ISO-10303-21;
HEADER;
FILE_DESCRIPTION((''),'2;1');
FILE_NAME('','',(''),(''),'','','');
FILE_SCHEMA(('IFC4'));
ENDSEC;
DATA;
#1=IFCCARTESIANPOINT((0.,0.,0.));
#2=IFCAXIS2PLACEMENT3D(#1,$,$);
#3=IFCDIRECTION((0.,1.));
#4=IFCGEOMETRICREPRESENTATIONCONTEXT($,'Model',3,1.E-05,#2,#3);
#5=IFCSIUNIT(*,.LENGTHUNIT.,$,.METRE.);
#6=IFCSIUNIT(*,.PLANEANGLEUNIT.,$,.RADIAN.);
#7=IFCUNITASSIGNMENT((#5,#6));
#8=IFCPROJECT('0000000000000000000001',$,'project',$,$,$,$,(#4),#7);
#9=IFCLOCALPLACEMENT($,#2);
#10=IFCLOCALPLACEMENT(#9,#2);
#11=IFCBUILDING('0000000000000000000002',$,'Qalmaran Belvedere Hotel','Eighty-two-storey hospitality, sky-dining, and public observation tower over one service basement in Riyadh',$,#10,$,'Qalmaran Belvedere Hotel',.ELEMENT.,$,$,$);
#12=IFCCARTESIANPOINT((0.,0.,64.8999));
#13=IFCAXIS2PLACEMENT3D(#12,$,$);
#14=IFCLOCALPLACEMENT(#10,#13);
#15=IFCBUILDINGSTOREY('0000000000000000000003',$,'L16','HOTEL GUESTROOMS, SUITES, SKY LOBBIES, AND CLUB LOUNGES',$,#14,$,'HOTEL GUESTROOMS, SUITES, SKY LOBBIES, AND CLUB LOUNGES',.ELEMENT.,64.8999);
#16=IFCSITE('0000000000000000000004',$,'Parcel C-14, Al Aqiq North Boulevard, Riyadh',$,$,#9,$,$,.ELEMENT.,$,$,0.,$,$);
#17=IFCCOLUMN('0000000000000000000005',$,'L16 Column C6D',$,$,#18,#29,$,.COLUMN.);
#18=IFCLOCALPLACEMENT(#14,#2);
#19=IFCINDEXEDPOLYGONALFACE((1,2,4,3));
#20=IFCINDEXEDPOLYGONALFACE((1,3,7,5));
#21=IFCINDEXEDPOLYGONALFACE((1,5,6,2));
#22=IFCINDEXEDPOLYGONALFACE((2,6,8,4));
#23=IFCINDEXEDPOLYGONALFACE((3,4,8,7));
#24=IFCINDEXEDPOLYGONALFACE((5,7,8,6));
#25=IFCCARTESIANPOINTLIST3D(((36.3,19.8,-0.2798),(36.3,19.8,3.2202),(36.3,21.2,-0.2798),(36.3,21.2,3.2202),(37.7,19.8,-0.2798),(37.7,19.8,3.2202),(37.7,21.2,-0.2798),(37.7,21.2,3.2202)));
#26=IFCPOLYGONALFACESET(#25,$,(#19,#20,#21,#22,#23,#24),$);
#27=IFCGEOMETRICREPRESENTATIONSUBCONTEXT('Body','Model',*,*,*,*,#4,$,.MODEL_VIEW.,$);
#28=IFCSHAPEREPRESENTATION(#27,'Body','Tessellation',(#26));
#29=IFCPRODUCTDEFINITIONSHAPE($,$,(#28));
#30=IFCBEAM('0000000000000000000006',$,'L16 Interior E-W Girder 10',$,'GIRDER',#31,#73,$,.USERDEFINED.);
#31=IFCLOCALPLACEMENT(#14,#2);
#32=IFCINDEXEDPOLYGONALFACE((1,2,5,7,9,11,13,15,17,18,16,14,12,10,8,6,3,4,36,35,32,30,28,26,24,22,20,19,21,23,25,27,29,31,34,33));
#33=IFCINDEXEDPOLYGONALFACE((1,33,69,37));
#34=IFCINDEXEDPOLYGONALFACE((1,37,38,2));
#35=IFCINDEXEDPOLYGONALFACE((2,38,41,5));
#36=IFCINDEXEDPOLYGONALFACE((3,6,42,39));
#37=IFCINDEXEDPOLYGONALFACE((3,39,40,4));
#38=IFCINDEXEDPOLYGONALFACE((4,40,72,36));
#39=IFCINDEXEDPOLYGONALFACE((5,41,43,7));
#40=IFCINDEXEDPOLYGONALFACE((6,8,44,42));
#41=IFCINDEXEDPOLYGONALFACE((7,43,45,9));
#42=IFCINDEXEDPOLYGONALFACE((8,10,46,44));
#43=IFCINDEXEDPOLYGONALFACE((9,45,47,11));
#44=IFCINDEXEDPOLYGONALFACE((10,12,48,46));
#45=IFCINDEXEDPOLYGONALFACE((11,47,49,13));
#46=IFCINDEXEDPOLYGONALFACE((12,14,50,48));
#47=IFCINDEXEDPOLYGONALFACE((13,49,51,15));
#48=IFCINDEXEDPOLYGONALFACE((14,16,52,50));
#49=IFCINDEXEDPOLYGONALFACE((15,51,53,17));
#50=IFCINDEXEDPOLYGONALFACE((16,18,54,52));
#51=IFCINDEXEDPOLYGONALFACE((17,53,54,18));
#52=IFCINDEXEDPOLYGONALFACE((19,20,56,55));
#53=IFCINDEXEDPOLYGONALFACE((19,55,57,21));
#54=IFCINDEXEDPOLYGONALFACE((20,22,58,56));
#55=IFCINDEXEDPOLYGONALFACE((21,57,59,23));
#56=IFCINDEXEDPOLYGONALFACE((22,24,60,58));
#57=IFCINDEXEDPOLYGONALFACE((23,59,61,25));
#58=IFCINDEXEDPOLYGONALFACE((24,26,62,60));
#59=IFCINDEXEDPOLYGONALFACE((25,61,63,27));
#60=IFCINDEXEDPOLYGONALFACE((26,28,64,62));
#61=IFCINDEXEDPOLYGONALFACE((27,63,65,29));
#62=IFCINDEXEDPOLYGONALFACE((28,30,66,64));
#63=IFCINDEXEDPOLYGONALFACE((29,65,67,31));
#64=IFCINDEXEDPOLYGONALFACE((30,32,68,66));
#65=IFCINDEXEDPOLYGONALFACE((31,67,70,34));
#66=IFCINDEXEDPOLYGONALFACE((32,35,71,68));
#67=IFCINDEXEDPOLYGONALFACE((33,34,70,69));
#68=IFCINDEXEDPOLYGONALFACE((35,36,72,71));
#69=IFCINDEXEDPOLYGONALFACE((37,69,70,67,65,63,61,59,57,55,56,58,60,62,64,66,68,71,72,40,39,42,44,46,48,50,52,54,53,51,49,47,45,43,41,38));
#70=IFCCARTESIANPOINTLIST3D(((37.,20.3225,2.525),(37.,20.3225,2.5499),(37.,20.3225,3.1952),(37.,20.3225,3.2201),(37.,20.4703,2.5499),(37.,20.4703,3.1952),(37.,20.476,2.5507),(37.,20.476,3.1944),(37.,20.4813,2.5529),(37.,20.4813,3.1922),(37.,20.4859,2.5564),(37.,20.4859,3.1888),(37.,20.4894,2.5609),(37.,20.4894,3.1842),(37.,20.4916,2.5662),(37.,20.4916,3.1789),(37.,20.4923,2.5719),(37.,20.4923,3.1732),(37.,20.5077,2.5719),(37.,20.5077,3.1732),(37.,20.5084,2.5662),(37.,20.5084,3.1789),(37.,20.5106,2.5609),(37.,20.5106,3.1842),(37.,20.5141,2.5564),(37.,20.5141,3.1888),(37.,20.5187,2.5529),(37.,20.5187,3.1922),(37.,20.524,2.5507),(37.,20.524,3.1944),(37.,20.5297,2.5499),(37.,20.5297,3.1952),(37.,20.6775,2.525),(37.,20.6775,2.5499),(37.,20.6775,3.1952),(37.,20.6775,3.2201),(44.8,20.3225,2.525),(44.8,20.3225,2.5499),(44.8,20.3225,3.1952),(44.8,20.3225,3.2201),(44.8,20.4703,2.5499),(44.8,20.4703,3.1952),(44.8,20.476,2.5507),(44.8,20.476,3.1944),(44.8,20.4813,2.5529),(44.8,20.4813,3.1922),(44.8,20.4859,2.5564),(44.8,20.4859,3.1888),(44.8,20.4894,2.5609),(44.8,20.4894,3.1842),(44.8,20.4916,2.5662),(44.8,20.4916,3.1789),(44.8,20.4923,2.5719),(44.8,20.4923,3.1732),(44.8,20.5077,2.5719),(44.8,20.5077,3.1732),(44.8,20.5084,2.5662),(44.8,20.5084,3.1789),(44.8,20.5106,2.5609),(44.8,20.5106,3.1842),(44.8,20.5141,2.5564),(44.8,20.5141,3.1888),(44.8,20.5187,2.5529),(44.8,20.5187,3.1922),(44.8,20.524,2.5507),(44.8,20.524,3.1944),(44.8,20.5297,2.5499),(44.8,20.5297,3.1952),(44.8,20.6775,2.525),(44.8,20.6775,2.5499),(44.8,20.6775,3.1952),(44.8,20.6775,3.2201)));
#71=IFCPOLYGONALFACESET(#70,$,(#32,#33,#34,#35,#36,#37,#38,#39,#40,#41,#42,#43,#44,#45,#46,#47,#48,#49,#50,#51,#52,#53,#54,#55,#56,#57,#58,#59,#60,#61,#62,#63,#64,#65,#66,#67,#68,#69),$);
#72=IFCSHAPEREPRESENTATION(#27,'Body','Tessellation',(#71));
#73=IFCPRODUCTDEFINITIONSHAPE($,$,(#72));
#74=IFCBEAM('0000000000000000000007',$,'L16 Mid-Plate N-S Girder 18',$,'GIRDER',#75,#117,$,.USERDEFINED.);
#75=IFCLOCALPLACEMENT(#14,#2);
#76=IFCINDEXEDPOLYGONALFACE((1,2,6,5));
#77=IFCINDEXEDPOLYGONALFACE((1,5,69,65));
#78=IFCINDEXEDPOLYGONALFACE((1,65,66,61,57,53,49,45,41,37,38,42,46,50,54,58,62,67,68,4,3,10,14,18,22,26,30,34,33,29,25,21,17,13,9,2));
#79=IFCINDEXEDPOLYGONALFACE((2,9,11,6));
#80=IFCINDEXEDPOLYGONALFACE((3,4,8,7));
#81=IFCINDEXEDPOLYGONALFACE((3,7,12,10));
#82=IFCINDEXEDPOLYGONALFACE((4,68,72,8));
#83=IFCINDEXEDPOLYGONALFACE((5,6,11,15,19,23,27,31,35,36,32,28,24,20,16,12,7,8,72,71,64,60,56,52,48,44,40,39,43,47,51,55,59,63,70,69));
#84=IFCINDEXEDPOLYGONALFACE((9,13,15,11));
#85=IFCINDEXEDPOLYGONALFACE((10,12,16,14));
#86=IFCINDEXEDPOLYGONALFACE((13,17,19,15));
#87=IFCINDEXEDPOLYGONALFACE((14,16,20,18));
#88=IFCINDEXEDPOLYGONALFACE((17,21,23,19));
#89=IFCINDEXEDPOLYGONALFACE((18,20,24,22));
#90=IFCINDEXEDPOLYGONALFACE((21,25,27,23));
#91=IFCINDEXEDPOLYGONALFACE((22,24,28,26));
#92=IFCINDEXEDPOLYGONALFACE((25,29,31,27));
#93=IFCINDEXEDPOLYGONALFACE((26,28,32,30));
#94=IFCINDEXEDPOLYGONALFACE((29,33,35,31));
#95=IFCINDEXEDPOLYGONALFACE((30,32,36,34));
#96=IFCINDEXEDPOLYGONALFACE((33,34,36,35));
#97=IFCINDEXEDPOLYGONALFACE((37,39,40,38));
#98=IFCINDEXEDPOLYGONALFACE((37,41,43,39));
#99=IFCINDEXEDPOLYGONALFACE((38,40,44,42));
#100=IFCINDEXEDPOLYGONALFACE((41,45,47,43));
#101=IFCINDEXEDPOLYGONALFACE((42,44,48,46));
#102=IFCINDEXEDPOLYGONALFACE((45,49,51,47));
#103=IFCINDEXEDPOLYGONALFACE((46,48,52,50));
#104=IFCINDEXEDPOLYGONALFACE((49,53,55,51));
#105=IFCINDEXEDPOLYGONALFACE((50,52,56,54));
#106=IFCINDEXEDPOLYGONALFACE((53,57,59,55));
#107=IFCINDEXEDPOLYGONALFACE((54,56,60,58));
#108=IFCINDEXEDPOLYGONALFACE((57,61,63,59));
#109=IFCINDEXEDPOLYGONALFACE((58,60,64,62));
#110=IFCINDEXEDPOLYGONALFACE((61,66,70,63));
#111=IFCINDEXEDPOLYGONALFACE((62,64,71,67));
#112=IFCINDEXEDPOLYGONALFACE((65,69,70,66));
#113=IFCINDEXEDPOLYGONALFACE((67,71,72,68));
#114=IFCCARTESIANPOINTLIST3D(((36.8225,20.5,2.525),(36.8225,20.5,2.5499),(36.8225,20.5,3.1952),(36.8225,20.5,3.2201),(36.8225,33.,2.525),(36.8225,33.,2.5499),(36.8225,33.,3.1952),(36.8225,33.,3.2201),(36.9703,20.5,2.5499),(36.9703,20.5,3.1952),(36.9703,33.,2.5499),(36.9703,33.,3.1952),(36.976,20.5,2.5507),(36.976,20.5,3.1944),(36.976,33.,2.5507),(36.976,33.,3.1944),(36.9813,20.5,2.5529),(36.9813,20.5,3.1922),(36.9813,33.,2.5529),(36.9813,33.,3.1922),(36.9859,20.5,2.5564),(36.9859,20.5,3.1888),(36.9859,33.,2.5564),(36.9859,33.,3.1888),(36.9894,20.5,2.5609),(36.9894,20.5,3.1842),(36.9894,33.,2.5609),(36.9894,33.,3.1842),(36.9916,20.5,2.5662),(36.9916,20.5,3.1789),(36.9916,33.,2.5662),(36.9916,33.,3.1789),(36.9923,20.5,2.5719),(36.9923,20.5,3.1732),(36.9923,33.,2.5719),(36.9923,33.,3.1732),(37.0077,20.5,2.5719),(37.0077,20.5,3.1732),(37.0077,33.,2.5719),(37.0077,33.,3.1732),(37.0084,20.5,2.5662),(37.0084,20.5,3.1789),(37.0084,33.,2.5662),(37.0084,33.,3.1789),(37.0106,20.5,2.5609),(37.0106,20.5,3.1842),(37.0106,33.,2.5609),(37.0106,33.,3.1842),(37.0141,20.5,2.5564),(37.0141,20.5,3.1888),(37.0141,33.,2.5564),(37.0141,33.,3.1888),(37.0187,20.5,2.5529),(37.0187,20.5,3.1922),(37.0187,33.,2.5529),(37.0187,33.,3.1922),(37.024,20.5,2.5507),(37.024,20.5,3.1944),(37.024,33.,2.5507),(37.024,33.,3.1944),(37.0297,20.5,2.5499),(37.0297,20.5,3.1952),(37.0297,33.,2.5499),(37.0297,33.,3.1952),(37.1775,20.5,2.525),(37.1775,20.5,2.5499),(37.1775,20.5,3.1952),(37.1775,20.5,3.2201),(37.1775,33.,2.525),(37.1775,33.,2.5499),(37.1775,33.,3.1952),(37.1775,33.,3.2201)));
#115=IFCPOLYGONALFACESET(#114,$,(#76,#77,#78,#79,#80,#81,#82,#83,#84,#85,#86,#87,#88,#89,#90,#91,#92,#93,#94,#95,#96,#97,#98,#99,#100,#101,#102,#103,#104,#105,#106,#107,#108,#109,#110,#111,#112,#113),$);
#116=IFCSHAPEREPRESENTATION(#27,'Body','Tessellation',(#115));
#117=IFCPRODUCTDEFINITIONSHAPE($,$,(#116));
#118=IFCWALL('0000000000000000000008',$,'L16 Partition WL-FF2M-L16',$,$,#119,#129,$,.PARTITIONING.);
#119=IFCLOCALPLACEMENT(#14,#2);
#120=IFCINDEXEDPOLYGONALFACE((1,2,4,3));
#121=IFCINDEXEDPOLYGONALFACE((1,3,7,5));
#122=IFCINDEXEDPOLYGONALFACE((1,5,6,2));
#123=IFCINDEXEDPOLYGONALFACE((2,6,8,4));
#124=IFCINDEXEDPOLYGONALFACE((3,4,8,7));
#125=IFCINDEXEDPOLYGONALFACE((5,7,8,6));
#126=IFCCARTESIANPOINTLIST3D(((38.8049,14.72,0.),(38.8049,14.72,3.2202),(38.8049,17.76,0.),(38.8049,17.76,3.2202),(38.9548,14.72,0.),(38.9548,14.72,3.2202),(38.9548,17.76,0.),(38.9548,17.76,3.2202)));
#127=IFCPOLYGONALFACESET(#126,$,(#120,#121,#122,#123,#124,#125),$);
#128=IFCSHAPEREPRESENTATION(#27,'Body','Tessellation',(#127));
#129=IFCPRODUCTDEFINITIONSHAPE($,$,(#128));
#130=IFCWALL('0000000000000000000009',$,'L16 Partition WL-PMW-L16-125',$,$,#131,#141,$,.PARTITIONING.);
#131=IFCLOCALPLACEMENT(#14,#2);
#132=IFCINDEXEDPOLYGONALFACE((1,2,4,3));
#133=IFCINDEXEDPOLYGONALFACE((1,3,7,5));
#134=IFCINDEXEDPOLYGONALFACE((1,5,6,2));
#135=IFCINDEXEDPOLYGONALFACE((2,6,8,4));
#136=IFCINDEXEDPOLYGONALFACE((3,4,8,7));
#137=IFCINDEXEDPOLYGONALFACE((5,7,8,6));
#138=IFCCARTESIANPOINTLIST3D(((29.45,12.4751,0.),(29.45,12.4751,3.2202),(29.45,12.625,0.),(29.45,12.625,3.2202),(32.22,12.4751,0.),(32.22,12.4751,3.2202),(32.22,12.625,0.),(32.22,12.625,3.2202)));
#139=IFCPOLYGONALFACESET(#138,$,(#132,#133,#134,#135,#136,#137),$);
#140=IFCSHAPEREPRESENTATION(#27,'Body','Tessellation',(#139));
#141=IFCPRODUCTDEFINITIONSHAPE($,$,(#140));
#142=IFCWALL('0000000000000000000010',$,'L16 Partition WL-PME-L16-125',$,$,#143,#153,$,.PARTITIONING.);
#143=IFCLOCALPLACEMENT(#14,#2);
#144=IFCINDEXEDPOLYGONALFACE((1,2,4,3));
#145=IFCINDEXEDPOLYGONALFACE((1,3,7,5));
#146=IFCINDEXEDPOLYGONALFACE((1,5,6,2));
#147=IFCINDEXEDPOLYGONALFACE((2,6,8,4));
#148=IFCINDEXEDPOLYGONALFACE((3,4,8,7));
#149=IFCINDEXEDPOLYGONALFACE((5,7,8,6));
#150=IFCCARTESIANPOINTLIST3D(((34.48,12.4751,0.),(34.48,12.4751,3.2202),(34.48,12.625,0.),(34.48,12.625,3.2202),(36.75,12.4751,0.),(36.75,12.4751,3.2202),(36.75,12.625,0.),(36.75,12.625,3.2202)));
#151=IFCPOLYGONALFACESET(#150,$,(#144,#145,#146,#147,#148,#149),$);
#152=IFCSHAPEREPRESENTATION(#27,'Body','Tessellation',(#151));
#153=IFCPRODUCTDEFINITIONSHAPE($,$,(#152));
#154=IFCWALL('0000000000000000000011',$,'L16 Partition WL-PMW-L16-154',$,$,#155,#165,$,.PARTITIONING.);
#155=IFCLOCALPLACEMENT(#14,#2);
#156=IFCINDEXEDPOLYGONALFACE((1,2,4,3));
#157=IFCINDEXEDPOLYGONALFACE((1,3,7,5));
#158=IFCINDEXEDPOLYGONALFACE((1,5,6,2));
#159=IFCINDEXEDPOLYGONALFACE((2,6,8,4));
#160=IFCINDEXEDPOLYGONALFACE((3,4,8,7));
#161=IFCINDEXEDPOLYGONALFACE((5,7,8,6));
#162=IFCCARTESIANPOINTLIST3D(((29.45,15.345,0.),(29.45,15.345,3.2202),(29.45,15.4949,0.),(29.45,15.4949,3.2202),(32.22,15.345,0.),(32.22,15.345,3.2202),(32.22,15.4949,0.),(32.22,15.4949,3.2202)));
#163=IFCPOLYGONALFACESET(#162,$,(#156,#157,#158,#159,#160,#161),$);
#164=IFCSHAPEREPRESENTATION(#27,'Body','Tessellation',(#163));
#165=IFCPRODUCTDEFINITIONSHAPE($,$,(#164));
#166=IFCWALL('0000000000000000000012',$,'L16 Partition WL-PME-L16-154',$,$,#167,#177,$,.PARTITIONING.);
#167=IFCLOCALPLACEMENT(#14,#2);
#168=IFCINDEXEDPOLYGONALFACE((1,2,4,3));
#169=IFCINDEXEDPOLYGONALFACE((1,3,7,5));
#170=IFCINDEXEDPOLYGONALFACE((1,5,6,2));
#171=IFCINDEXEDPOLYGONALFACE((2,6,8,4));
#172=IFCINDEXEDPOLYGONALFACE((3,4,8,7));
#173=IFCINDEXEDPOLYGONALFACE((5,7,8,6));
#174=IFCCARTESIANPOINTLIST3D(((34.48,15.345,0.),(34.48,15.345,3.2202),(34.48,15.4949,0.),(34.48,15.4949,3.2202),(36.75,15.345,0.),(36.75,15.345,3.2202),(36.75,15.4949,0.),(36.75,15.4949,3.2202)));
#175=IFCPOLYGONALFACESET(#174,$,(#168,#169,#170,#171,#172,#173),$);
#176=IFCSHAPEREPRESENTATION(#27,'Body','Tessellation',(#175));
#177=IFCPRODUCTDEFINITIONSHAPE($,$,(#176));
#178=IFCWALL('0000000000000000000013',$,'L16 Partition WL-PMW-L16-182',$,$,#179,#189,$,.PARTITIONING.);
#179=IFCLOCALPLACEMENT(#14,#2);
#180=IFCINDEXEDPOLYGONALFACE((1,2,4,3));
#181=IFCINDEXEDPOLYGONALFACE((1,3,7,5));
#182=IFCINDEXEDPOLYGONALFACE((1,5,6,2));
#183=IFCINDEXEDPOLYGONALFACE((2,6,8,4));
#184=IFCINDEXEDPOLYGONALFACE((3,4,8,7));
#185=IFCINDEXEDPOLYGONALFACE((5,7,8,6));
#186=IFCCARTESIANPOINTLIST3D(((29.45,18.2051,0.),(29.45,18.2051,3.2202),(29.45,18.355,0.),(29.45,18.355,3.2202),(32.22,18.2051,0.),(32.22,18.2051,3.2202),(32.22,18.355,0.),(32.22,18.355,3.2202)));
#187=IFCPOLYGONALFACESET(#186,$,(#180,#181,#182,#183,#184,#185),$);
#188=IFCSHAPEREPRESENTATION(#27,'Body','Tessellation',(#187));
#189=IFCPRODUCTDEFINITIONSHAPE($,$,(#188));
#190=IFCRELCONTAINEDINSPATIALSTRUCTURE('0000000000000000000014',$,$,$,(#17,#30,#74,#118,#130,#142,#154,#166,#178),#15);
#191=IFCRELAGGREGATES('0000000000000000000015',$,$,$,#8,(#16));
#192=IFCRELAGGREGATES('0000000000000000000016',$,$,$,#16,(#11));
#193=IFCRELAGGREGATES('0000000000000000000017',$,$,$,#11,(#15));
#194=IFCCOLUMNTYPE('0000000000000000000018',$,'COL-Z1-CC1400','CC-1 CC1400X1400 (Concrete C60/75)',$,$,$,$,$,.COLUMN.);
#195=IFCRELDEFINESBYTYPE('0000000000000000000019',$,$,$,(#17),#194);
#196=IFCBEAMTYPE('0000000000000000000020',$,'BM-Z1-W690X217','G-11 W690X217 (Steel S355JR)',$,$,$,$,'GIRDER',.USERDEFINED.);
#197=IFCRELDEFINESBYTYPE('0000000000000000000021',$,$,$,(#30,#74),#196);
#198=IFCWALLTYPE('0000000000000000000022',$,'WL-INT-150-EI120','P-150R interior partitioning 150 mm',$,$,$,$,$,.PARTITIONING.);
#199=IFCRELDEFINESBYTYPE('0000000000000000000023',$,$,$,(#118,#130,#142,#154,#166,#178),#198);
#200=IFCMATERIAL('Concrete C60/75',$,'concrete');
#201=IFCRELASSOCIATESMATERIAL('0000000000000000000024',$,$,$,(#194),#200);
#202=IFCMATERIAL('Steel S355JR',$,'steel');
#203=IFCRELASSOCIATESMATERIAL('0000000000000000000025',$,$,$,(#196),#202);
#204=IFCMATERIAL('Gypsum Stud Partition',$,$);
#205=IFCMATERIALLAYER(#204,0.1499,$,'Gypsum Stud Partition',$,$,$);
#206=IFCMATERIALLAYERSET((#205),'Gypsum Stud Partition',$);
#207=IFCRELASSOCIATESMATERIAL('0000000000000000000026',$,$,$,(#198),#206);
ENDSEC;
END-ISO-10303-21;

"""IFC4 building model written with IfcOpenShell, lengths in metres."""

from ifc_helpers import new_model, si_unit, direction, frame, frame_2d, origin, origin_2d, place, context, subcontext, project, spatial, rectangle, i_section, extrude, material, layer, layer_set, material_profile, profile_set, type_object, element, save


model = new_model("IFC4")

# Units and contexts
model_context = context("Model", 3, precision=1e-05, world=origin(), true_north=direction((0.0, 1.0)))
body_context = subcontext(model_context, "Body", "Model", "MODEL_VIEW")
ifc_project = project(units=[si_unit("LENGTHUNIT", "METRE"), si_unit("PLANEANGLEUNIT", "RADIAN")], contexts=[model_context])

# Site, building, storey
site_placement = place(None, origin())
site = spatial("IfcSite", under=ifc_project, at=site_placement, Name="Parcel C-14, Al Aqiq North Boulevard, Riyadh", CompositionType="ELEMENT", RefElevation=0.0)
building_placement = place(site_placement, origin())
building = spatial("IfcBuilding", under=site, at=building_placement, Name="Qalmaran Belvedere Hotel", Description="Eighty-two-storey hospitality, sky-dining, and public observation tower over one service basement in Riyadh", LongName="Qalmaran Belvedere Hotel", CompositionType="ELEMENT")
storey_placement = place(building_placement, frame((0.0, 0.0, 64.8999)))
storey = spatial("IfcBuildingStorey", under=building, at=storey_placement, Name="L16", Description="HOTEL GUESTROOMS, SUITES, SKY LOBBIES, AND CLUB LOUNGES", LongName="HOTEL GUESTROOMS, SUITES, SKY LOBBIES, AND CLUB LOUNGES", CompositionType="ELEMENT", Elevation=64.8999)

# Column
ifc_material_1 = material(Name="Concrete C60/75", Category="concrete")
ifc_material_profile_1 = material_profile(ifc_material_1, rectangle(XDim=1.3999, YDim=1.3999, at=origin_2d()), Name="CC1400X1400")
ifc_profile_set_1 = profile_set([ifc_material_profile_1], Name="Concrete C60/75")
column_type = type_object("IfcColumnType", Name="COL-Z1-CC1400", Description="CC-1 CC1400X1400 (Concrete C60/75)", PredefinedType="COLUMN", material=ifc_profile_set_1)
column_placement = place(storey_placement, frame((37.0, 20.5, -0.2798), z_axis=(0.0, 0.0, 1.0), x_axis=(1.0, 0.0, 0.0)))
element("IfcColumn", 1, at=column_placement, inside=storey, type_object=column_type, Name="L16 Column C6D", PredefinedType="COLUMN", context=body_context, shape_type="SweptSolid", body=[
    extrude(rectangle(XDim=1.3999, YDim=1.3999, at=origin_2d()), origin(), (0.0, 0.0, 1.0), 3.5),
])

# Beams
ifc_material_2 = material(Name="Steel S355JR", Category="steel")
ifc_material_profile_2 = material_profile(ifc_material_2, i_section(OverallWidth=0.355, OverallDepth=0.6951, WebThickness=0.0154, FlangeThickness=0.0249, FilletRadius=0.022, at=origin_2d()), Name="W690X217")
ifc_profile_set_2 = profile_set([ifc_material_profile_2], Name="Steel S355JR")
beam_type = type_object("IfcBeamType", Name="BM-Z1-W690X217", Description="G-11 W690X217 (Steel S355JR)", ElementType="GIRDER", PredefinedType="USERDEFINED", material=ifc_profile_set_2)
beam_1_placement = place(storey_placement, frame((37.0, 20.5, 2.8726), z_axis=(1.0, 0.0, 0.0), x_axis=(0.0, 1.0, 0.0)))
element("IfcBeam", 2, at=beam_1_placement, inside=storey, type_object=beam_type, Name="L16 Interior E-W Girder 10", ObjectType="GIRDER", PredefinedType="USERDEFINED", context=body_context, shape_type="SweptSolid", body=[
    extrude(i_section(OverallWidth=0.355, OverallDepth=0.6951, WebThickness=0.0154, FlangeThickness=0.0249, FilletRadius=0.022, at=origin_2d()), origin(), (0.0, 0.0, 1.0), 7.8),
])
beam_2_placement = place(storey_placement, frame((37.0, 20.5, 2.8726), z_axis=(0.0, 1.0, 0.0), x_axis=(-1.0, 0.0, 0.0)))
element("IfcBeam", 3, at=beam_2_placement, inside=storey, type_object=beam_type, Name="L16 Mid-Plate N-S Girder 18", ObjectType="GIRDER", PredefinedType="USERDEFINED", context=body_context, shape_type="SweptSolid", body=[
    extrude(i_section(OverallWidth=0.355, OverallDepth=0.6951, WebThickness=0.0154, FlangeThickness=0.0249, FilletRadius=0.022, at=origin_2d()), origin(), (0.0, 0.0, 1.0), 12.5),
])

# Walls
ifc_material_3 = material(Name="Gypsum Stud Partition")
ifc_layer_1 = layer(ifc_material_3, 0.1499, Name="Gypsum Stud Partition")
ifc_layer_set_1 = layer_set([ifc_layer_1], Name="Gypsum Stud Partition")
wall_type_1 = type_object("IfcWallType", Name="WL-INT-150-EI120", Description="P-150R interior partitioning 150 mm", PredefinedType="PARTITIONING", material=ifc_layer_set_1)
wall_1_placement = place(storey_placement, frame((38.8799, 14.72, 0.0), z_axis=(0.0, 0.0, 1.0), x_axis=(0.0, 1.0, 0.0)))
element("IfcWall", 4, at=wall_1_placement, inside=storey, type_object=wall_type_1, Name="L16 Partition WL-FF2M-L16", PredefinedType="PARTITIONING", context=body_context, shape_type="SweptSolid", body=[
    extrude(rectangle(XDim=3.04, YDim=0.1499, at=frame_2d((1.52, 0.0))), origin(), (0.0, 0.0, 1.0), 3.2202),
])
wall_2_placement = place(storey_placement, frame((29.45, 12.55, 0.0), z_axis=(0.0, 0.0, 1.0), x_axis=(1.0, 0.0, 0.0)))
element("IfcWall", 5, at=wall_2_placement, inside=storey, type_object=wall_type_1, Name="L16 Partition WL-PMW-L16-125", PredefinedType="PARTITIONING", context=body_context, shape_type="SweptSolid", body=[
    extrude(rectangle(XDim=2.77, YDim=0.1499, at=frame_2d((1.385, 0.0))), origin(), (0.0, 0.0, 1.0), 3.2202),
])
wall_3_placement = place(storey_placement, frame((34.48, 12.55, 0.0), z_axis=(0.0, 0.0, 1.0), x_axis=(1.0, 0.0, 0.0)))
element("IfcWall", 6, at=wall_3_placement, inside=storey, type_object=wall_type_1, Name="L16 Partition WL-PME-L16-125", PredefinedType="PARTITIONING", context=body_context, shape_type="SweptSolid", body=[
    extrude(rectangle(XDim=2.27, YDim=0.1499, at=frame_2d((1.135, 0.0))), origin(), (0.0, 0.0, 1.0), 3.2202),
])
wall_4_placement = place(storey_placement, frame((29.45, 15.4199, 0.0), z_axis=(0.0, 0.0, 1.0), x_axis=(1.0, 0.0, 0.0)))
element("IfcWall", 7, at=wall_4_placement, inside=storey, type_object=wall_type_1, Name="L16 Partition WL-PMW-L16-154", PredefinedType="PARTITIONING", context=body_context, shape_type="SweptSolid", body=[
    extrude(rectangle(XDim=2.77, YDim=0.1499, at=frame_2d((1.385, 0.0))), origin(), (0.0, 0.0, 1.0), 3.2202),
])
wall_5_placement = place(storey_placement, frame((34.48, 15.4199, 0.0), z_axis=(0.0, 0.0, 1.0), x_axis=(1.0, 0.0, 0.0)))
element("IfcWall", 8, at=wall_5_placement, inside=storey, type_object=wall_type_1, Name="L16 Partition WL-PME-L16-154", PredefinedType="PARTITIONING", context=body_context, shape_type="SweptSolid", body=[
    extrude(rectangle(XDim=2.27, YDim=0.1499, at=frame_2d((1.135, 0.0))), origin(), (0.0, 0.0, 1.0), 3.2202),
])
wall_6_placement = place(storey_placement, frame((29.45, 18.28, 0.0), z_axis=(0.0, 0.0, 1.0), x_axis=(1.0, 0.0, 0.0)))
element("IfcWall", 9, at=wall_6_placement, inside=storey, type_object=wall_type_1, Name="L16 Partition WL-PMW-L16-182", PredefinedType="PARTITIONING", context=body_context, shape_type="SweptSolid", body=[
    extrude(rectangle(XDim=2.77, YDim=0.1499, at=frame_2d((1.385, 0.0))), origin(), (0.0, 0.0, 1.0), 3.2202),
])

save(model, "model.ifc")
